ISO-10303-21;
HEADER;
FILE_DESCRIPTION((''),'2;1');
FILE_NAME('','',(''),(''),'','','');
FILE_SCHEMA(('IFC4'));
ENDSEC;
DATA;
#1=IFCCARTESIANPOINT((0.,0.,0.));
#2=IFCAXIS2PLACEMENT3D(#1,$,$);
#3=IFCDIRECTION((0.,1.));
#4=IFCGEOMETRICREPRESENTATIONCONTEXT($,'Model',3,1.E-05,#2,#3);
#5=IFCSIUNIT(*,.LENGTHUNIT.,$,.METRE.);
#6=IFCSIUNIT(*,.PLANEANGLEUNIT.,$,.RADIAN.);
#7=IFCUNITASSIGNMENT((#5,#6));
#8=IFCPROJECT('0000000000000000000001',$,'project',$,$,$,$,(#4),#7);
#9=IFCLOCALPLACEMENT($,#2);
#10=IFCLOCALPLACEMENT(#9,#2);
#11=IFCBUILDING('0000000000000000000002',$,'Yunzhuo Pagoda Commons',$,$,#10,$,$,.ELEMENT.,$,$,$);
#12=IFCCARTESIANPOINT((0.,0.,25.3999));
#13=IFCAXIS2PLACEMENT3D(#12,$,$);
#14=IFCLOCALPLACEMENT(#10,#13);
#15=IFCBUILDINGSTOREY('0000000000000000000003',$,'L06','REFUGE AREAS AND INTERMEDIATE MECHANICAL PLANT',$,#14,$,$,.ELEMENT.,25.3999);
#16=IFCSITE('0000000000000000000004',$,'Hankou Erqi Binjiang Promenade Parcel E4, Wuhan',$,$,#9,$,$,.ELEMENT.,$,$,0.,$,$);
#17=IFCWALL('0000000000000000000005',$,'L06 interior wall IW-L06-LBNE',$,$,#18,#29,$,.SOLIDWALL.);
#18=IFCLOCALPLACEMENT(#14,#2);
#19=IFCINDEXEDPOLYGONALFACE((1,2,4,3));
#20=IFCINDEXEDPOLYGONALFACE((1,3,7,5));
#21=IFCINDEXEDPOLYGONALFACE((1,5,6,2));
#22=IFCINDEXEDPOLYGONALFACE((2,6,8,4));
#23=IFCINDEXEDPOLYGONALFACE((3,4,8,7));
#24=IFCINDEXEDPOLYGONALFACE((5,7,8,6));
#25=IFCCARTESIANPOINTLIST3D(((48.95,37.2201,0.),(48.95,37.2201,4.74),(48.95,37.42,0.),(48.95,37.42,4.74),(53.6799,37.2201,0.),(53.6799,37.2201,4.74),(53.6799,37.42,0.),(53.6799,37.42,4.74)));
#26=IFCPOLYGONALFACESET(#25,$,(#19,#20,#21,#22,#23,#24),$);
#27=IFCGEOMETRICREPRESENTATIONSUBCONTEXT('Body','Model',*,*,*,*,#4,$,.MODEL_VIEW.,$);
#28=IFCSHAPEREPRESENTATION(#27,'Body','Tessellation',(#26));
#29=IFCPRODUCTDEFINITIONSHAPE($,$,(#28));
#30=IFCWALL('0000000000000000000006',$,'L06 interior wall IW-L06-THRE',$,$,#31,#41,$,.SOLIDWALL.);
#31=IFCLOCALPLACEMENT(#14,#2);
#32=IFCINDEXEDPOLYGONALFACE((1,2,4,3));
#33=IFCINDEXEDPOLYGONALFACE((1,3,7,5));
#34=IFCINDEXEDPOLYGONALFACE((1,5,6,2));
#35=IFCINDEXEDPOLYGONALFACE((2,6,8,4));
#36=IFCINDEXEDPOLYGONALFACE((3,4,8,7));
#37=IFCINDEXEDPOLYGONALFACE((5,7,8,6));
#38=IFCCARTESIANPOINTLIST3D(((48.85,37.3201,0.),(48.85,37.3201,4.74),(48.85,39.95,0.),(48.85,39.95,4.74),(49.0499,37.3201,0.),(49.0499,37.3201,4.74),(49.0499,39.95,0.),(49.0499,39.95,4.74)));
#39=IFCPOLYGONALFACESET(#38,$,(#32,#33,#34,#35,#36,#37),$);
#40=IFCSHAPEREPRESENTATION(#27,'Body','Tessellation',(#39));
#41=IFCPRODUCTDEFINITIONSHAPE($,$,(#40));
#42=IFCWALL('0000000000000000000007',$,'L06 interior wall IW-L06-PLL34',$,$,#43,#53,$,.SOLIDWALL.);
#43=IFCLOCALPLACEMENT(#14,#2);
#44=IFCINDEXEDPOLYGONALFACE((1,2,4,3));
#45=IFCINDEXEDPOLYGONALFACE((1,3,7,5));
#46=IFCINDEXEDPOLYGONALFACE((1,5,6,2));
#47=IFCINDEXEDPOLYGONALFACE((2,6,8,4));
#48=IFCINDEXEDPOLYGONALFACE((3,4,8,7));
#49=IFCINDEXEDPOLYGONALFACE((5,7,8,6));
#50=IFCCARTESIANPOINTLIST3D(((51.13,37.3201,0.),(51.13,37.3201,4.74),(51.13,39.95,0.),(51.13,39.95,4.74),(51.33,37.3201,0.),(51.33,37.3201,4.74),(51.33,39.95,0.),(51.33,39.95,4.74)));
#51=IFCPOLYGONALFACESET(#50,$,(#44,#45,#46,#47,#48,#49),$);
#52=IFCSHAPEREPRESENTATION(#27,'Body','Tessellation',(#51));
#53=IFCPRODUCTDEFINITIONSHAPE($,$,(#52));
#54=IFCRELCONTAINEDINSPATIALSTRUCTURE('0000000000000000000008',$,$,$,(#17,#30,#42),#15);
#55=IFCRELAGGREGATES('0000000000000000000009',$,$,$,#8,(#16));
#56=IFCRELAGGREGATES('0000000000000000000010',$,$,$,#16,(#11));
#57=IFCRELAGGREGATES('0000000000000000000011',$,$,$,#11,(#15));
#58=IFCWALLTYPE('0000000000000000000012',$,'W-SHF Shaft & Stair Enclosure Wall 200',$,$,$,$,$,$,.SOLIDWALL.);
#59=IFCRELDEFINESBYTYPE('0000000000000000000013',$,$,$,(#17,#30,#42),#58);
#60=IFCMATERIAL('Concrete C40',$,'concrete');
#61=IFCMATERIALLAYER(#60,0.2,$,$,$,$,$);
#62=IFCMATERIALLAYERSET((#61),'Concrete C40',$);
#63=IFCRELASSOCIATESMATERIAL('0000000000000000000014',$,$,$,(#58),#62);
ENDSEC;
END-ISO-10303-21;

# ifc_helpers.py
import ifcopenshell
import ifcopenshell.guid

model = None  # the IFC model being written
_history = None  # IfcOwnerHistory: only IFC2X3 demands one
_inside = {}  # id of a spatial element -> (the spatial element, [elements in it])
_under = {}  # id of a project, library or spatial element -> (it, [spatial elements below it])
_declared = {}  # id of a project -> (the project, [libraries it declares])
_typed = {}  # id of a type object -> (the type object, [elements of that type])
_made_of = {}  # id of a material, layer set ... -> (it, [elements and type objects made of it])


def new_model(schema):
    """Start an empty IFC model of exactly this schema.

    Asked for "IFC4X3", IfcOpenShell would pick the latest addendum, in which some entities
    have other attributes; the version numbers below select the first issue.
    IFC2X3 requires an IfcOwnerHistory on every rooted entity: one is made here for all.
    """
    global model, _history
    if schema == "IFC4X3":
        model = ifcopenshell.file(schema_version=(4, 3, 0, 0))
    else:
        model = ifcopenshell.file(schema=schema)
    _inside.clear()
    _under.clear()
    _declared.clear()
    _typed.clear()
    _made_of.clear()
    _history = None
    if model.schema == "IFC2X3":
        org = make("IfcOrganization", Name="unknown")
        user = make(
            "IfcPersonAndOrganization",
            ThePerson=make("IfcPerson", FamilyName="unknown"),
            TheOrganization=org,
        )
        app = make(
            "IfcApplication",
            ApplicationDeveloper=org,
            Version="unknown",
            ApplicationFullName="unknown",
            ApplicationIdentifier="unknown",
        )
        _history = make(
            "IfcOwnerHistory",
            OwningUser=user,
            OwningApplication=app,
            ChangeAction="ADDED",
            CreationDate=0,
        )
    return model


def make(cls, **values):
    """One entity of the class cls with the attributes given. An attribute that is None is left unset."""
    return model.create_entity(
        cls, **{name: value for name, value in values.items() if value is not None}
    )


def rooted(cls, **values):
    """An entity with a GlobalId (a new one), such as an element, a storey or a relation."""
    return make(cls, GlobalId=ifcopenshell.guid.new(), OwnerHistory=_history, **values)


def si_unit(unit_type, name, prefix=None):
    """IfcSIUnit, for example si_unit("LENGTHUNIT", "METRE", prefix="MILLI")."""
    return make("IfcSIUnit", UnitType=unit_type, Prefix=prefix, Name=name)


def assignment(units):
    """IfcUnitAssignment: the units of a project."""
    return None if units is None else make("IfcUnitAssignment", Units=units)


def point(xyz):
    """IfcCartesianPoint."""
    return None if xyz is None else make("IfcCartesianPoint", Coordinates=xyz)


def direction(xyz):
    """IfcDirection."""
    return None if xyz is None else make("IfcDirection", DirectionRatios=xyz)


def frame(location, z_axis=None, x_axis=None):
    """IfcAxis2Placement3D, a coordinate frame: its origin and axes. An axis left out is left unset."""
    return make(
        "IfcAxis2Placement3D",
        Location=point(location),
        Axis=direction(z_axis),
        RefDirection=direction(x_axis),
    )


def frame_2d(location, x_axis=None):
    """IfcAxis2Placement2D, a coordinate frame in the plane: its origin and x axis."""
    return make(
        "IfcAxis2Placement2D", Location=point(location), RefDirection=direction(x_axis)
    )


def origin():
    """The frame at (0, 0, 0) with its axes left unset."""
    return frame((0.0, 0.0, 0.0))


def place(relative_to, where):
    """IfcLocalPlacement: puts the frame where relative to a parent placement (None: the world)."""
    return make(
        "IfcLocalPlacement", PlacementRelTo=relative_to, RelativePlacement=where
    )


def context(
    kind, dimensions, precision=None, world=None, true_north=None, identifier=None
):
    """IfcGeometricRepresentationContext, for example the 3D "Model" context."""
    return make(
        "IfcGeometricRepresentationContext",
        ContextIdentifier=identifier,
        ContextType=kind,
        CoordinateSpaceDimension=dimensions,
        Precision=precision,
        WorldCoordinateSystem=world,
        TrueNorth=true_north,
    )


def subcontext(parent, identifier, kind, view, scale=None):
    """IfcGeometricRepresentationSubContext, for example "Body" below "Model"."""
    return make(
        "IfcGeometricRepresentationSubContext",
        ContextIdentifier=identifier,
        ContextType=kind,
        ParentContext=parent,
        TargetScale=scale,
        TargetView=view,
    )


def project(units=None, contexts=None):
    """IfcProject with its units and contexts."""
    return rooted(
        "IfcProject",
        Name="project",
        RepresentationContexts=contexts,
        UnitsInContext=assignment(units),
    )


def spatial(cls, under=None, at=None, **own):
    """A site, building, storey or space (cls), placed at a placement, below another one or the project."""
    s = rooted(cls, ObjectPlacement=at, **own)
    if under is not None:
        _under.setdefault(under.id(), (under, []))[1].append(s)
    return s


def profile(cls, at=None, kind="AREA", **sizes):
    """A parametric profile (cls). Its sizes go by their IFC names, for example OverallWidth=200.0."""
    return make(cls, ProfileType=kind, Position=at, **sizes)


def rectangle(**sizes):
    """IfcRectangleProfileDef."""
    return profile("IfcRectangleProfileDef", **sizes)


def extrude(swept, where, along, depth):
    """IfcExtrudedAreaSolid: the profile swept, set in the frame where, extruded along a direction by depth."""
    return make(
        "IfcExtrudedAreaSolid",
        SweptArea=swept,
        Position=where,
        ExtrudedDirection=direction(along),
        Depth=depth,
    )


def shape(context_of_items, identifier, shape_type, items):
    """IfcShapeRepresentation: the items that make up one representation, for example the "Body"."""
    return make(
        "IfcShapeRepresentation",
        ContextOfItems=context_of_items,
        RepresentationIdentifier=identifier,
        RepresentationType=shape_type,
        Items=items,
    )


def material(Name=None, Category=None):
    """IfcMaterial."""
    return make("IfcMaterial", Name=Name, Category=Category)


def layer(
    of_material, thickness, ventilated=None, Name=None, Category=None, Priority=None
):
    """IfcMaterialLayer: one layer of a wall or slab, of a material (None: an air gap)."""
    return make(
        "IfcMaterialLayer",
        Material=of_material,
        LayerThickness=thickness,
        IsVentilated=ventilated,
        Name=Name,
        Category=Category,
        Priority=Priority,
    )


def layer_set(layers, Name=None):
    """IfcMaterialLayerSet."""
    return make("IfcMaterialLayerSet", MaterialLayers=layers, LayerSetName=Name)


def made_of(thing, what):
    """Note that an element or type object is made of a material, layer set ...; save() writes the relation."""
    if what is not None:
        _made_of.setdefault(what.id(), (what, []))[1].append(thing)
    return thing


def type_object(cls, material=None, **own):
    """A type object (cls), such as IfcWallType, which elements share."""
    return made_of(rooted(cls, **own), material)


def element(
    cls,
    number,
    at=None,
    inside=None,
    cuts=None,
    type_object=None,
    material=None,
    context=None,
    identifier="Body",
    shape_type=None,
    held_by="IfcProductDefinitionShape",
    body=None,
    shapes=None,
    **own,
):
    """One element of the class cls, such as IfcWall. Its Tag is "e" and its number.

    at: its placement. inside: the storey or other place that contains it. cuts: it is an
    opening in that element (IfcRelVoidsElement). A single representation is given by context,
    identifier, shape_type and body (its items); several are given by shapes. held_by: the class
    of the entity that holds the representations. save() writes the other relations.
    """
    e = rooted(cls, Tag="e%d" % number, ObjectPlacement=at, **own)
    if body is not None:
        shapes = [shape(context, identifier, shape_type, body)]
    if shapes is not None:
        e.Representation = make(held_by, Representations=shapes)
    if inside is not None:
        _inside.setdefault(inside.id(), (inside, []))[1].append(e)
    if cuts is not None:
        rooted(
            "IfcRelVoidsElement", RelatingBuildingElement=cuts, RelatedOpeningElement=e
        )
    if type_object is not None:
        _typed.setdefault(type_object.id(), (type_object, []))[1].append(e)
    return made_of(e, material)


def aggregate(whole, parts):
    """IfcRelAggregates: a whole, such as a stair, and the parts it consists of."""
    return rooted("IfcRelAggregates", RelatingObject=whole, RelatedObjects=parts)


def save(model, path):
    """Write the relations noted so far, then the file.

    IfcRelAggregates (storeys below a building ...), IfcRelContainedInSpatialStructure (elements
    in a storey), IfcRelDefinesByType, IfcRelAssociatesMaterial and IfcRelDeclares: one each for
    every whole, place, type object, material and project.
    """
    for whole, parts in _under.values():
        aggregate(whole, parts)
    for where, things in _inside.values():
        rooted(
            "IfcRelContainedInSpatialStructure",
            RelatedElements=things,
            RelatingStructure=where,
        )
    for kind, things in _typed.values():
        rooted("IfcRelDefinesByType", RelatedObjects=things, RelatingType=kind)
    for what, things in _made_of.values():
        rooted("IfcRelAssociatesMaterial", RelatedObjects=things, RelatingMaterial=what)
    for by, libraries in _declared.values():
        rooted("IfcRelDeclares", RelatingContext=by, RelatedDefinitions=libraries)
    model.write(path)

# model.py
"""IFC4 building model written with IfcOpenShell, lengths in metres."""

from ifc_helpers import new_model, si_unit, direction, frame, frame_2d, origin, place, context, subcontext, project, spatial, rectangle, extrude, material, layer, layer_set, type_object, element, save


model = new_model("IFC4")

# Units and contexts
model_context = context("Model", 3, precision=1e-05, world=origin(), true_north=direction((0.0, 1.0)))
body_context = subcontext(model_context, "Body", "Model", "MODEL_VIEW")
ifc_project = project(units=[si_unit("LENGTHUNIT", "METRE"), si_unit("PLANEANGLEUNIT", "RADIAN")], contexts=[model_context])

# Site, building, storey
site_placement = place(None, origin())
site = spatial("IfcSite", under=ifc_project, at=site_placement, Name="Hankou Erqi Binjiang Promenade Parcel E4, Wuhan", CompositionType="ELEMENT", RefElevation=0.0)
building_placement = place(site_placement, origin())
building = spatial("IfcBuilding", under=site, at=building_placement, Name="Yunzhuo Pagoda Commons", CompositionType="ELEMENT")
storey_placement = place(building_placement, frame((0.0, 0.0, 25.3999)))
storey = spatial("IfcBuildingStorey", under=building, at=storey_placement, Name="L06", Description="REFUGE AREAS AND INTERMEDIATE MECHANICAL PLANT", CompositionType="ELEMENT", Elevation=25.3999)

# Walls
ifc_material_1 = material(Name="Concrete C40", Category="concrete")
ifc_layer_1 = layer(ifc_material_1, 0.2)
ifc_layer_set_1 = layer_set([ifc_layer_1], Name="Concrete C40")
wall_type_1 = type_object("IfcWallType", Name="W-SHF Shaft & Stair Enclosure Wall 200", PredefinedType="SOLIDWALL", material=ifc_layer_set_1)
wall_1_placement = place(storey_placement, frame((48.95, 37.3201, 0.0), z_axis=(0.0, 0.0, 1.0), x_axis=(1.0, 0.0, 0.0)))
element("IfcWall", 1, at=wall_1_placement, inside=storey, type_object=wall_type_1, Name="L06 interior wall IW-L06-LBNE", PredefinedType="SOLIDWALL", context=body_context, shape_type="SweptSolid", body=[
    extrude(rectangle(XDim=4.73, YDim=0.2, at=frame_2d((2.365, 0.0))), origin(), (0.0, 0.0, 1.0), 4.74),
])
for number, where, z_axis, x_axis, name in (
    (2, (48.95, 37.3201, 0.0), (0.0, 0.0, 1.0), (0.0, 1.0, 0.0), "L06 interior wall IW-L06-THRE"),
    (3, (51.23, 37.3201, 0.0), (0.0, 0.0, 1.0), (0.0, 1.0, 0.0), "L06 interior wall IW-L06-PLL34"),
):
    element("IfcWall", number, at=place(storey_placement, frame(where, z_axis=z_axis, x_axis=x_axis)), inside=storey, type_object=wall_type_1, Name=name, PredefinedType="SOLIDWALL", context=body_context, shape_type="SweptSolid", body=[
        extrude(rectangle(XDim=2.6299, YDim=0.2, at=frame_2d((1.3149, 0.0))), origin(), (0.0, 0.0, 1.0), 4.74),
    ])

save(model, "model.ifc")
